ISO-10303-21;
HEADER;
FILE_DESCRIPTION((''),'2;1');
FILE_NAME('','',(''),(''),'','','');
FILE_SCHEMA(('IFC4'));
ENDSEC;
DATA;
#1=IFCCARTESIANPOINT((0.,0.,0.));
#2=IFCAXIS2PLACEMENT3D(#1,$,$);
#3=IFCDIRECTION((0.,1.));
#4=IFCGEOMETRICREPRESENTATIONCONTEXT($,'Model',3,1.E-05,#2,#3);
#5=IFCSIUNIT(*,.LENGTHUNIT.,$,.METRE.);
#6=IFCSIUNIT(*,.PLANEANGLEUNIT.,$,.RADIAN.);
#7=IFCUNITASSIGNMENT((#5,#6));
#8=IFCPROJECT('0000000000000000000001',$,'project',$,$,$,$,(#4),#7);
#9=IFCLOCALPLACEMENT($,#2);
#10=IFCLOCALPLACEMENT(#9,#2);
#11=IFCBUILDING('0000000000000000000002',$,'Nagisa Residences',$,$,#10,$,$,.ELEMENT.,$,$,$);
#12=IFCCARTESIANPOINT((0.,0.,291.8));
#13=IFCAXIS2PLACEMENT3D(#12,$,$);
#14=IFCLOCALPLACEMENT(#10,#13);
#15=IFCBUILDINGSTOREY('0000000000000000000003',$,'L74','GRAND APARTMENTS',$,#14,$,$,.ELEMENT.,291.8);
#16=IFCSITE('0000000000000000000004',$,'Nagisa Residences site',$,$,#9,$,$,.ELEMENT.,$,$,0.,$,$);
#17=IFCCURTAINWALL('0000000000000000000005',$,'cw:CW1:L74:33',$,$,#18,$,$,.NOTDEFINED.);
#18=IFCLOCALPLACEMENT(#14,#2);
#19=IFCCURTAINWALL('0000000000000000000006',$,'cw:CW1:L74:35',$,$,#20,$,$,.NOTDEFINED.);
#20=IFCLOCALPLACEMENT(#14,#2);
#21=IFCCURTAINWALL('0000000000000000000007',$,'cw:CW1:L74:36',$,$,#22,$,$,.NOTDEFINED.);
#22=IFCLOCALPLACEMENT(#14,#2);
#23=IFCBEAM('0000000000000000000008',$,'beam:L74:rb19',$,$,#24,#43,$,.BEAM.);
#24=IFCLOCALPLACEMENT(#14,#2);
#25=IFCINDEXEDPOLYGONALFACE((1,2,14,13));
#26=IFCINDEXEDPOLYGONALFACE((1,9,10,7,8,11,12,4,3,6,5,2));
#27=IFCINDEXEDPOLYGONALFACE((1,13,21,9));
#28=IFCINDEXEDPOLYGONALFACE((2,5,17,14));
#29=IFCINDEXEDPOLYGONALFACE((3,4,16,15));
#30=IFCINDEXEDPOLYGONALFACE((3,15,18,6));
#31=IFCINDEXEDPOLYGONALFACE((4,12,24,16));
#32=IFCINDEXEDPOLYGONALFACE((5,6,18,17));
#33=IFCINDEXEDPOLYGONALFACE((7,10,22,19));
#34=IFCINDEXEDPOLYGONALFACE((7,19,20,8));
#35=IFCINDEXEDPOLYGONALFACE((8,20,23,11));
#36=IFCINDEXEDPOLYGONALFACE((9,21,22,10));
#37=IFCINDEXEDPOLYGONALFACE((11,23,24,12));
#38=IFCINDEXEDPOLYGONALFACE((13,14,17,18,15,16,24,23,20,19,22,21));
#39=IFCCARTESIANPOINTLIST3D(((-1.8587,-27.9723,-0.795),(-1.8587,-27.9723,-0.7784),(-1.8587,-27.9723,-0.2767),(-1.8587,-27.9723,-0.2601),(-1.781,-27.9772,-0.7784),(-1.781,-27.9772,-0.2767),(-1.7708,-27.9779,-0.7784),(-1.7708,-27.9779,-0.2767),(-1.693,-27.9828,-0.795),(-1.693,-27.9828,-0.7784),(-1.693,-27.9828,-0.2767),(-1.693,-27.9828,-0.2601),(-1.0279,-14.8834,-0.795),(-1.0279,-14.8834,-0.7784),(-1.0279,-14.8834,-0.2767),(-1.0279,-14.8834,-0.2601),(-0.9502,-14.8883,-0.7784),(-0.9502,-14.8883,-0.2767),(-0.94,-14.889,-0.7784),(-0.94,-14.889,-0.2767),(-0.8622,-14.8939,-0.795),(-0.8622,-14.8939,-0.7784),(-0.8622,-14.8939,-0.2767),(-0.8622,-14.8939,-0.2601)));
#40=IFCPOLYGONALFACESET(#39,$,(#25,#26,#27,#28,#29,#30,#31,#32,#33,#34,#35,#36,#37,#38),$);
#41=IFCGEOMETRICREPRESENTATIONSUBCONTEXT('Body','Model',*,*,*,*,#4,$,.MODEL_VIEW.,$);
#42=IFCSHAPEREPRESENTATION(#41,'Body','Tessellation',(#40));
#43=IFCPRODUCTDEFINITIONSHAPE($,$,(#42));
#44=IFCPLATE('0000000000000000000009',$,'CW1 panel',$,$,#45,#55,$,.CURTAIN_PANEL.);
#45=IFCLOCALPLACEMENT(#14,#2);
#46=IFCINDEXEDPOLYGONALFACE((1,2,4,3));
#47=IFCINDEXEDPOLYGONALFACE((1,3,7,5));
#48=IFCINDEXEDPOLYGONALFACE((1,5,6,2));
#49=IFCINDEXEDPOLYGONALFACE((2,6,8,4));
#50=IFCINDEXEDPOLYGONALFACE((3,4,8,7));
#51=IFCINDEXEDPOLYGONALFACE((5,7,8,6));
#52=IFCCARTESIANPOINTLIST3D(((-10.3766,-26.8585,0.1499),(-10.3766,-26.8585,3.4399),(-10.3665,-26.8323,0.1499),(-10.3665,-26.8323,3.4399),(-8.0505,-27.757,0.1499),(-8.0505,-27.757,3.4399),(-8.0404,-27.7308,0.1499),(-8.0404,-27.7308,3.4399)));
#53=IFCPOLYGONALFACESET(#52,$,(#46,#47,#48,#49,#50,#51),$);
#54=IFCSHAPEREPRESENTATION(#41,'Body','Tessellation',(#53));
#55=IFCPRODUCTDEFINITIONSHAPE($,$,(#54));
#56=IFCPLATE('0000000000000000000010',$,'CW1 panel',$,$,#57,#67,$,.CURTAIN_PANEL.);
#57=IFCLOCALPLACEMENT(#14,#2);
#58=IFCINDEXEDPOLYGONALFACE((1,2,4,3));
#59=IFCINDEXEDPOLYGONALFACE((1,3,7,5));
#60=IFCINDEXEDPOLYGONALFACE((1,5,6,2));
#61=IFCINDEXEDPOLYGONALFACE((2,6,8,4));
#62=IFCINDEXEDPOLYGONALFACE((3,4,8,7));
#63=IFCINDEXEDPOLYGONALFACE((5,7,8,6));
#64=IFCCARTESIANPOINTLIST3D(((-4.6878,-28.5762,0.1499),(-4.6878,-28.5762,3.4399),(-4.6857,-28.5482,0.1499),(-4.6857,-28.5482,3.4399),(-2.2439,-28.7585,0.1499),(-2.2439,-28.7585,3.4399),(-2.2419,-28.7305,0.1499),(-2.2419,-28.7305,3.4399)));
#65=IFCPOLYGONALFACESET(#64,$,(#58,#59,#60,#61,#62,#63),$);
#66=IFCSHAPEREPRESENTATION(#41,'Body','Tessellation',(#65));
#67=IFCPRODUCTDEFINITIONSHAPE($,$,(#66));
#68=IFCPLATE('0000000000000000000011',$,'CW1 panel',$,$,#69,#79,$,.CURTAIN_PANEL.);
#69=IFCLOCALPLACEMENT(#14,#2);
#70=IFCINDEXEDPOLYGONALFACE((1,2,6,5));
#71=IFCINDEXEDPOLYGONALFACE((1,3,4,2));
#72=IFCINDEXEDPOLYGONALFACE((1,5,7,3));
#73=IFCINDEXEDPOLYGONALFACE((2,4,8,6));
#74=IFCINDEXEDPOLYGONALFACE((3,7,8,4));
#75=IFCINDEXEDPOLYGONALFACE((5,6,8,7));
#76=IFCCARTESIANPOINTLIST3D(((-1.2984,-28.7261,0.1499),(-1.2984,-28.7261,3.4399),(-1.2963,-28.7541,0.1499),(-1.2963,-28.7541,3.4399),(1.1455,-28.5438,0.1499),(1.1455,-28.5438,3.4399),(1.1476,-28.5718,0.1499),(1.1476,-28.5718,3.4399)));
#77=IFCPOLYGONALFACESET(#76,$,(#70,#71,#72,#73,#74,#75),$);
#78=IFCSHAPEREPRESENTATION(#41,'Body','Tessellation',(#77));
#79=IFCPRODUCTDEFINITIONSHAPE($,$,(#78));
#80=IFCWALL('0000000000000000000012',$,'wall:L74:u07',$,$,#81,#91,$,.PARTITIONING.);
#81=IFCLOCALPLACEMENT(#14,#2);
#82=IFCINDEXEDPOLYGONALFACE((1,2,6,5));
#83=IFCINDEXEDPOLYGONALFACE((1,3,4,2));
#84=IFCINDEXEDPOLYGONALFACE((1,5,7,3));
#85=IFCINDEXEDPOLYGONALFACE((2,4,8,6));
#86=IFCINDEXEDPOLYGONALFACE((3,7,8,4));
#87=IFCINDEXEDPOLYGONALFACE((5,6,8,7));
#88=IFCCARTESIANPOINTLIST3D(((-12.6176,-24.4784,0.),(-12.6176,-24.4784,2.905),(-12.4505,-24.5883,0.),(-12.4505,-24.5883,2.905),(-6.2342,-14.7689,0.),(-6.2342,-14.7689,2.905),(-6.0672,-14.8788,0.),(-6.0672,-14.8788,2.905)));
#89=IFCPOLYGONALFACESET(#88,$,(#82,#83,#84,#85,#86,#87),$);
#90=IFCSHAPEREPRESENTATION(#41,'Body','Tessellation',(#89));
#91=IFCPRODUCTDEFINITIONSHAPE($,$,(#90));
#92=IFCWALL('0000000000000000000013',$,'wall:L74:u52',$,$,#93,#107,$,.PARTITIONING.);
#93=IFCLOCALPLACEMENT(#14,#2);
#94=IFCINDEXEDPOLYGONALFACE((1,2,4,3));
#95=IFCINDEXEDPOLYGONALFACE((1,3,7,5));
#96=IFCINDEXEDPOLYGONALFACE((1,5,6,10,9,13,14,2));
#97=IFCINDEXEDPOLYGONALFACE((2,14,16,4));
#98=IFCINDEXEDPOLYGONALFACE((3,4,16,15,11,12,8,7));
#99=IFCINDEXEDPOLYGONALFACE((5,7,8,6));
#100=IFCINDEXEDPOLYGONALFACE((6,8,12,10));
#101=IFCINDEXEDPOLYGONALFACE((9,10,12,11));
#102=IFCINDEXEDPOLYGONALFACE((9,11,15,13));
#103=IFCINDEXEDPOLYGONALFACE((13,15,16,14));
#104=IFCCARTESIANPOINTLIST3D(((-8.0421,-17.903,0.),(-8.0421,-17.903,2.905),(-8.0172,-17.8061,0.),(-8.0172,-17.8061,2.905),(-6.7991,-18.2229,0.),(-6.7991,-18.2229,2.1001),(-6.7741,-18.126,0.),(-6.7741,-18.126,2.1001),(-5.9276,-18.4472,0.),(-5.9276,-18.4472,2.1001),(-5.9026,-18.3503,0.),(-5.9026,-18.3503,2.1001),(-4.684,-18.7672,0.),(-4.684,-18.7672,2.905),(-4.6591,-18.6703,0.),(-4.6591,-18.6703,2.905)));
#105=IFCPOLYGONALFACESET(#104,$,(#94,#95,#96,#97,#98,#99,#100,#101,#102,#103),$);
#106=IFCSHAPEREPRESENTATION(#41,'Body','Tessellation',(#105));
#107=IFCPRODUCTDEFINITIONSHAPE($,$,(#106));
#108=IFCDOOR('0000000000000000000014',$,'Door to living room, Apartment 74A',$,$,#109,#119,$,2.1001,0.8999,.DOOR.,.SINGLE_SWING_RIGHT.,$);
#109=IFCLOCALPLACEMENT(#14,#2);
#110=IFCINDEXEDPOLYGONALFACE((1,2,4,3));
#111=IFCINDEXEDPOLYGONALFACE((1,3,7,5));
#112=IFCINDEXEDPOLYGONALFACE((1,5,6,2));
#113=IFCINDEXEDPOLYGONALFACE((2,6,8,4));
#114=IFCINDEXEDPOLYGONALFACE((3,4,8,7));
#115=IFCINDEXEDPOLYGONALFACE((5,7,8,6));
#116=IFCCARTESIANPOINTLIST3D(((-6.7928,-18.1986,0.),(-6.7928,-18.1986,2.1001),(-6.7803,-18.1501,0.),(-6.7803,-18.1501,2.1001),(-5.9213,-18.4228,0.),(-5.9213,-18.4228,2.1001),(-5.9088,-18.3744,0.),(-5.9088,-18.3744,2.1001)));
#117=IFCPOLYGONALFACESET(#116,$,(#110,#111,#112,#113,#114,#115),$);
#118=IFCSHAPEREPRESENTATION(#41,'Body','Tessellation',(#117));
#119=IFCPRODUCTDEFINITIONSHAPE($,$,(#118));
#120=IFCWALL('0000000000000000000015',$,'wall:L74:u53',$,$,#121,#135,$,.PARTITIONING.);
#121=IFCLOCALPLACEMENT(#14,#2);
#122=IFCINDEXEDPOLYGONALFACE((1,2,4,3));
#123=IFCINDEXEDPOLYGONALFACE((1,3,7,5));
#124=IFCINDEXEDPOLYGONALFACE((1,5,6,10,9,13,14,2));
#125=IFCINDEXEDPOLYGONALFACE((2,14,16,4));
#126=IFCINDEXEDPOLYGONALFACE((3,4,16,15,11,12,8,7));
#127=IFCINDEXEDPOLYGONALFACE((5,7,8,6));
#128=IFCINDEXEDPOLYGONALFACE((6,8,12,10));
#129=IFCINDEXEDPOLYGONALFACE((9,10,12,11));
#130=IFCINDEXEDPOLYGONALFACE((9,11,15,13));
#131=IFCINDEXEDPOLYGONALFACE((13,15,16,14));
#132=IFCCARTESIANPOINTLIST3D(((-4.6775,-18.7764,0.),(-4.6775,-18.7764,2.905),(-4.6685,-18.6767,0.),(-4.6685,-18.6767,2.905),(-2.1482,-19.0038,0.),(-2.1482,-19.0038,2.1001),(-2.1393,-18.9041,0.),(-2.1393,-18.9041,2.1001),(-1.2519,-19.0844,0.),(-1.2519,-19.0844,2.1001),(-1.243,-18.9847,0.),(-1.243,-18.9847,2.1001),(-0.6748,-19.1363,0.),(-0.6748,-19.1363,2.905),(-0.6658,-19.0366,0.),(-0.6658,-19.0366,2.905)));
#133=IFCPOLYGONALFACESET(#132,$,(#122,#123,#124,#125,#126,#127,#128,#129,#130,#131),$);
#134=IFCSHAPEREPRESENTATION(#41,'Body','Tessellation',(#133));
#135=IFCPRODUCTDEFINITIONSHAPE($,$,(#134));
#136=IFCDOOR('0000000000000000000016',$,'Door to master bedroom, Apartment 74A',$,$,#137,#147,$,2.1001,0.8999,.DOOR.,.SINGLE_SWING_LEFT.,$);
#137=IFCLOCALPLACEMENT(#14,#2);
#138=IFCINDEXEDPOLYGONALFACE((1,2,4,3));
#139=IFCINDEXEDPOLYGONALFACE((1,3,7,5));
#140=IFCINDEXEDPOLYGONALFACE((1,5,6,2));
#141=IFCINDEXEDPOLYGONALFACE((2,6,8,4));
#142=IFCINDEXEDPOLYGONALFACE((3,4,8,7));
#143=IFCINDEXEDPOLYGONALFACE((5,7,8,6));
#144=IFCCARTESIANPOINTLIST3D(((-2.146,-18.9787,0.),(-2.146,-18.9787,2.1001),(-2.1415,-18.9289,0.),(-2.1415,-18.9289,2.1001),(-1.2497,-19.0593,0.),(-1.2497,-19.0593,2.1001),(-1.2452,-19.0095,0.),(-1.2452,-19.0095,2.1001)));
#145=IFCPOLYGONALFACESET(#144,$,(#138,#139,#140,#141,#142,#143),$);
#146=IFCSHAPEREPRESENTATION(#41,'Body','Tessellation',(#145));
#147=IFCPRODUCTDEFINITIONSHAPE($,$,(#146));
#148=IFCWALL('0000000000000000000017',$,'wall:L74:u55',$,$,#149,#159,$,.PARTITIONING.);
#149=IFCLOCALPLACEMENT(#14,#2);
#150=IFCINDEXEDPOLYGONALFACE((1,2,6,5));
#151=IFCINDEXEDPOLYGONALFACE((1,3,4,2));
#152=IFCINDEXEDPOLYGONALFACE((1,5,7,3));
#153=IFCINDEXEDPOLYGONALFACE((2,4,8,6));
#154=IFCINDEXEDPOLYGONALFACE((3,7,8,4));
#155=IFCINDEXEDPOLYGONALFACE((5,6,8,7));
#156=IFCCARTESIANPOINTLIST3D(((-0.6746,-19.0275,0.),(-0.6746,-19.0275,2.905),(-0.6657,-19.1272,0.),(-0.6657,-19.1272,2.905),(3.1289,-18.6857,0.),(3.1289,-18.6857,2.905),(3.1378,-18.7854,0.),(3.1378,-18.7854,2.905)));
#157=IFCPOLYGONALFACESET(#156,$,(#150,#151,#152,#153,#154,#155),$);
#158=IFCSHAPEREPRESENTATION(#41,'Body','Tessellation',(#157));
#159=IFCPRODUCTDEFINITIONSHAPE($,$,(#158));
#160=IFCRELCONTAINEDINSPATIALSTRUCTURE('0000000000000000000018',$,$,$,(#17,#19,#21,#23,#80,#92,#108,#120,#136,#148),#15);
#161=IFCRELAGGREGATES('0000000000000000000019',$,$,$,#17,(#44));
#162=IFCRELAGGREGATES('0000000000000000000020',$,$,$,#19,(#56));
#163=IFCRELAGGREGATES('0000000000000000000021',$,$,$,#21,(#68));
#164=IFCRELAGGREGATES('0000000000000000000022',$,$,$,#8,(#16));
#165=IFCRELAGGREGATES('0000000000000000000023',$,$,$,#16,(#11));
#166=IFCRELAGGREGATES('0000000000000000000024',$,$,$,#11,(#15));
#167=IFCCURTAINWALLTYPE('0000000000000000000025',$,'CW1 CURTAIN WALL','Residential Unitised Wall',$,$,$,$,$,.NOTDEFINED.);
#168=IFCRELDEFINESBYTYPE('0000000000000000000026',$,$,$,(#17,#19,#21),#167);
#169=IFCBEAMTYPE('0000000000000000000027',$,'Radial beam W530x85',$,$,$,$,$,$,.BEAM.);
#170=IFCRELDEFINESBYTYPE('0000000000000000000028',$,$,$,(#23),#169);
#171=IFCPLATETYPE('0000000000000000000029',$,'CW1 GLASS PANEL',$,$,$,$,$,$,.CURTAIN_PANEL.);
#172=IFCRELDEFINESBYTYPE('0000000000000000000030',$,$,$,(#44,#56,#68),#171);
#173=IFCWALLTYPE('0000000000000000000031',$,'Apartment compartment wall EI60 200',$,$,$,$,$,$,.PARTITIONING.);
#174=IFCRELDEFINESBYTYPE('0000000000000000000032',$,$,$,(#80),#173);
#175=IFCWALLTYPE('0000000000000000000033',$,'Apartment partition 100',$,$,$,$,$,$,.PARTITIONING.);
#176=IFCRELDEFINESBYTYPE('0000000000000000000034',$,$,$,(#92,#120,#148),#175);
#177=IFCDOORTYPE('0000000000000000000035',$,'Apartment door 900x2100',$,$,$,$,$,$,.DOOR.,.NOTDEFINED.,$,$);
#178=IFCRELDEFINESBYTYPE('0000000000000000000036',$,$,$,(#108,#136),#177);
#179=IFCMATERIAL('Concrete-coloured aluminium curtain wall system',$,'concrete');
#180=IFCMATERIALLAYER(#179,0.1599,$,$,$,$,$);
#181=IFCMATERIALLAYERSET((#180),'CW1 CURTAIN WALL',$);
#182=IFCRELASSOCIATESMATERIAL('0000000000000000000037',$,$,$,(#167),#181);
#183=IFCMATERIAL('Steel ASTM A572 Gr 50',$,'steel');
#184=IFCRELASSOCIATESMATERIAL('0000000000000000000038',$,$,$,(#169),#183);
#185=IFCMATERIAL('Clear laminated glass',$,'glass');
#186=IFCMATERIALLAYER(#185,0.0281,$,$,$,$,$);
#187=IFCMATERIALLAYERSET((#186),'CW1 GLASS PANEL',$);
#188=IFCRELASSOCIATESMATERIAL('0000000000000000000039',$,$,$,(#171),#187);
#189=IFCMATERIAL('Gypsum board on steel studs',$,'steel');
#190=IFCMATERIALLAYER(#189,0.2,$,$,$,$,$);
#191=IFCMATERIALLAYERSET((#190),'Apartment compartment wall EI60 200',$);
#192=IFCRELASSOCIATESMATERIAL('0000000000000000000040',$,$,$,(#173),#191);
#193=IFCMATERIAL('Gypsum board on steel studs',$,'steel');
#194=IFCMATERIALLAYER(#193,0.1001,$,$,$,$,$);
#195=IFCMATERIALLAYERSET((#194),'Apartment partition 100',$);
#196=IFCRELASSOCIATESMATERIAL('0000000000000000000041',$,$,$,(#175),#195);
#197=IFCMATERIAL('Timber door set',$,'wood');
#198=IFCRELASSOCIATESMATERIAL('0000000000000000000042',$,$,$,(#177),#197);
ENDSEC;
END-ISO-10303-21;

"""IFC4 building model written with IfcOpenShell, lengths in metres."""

from ifc_helpers import new_model, si_unit, direction, frame, frame_2d, origin, origin_2d, place, context, subcontext, project, spatial, rectangle, i_section, extrude, material, layer, layer_set, material_profile, profile_set, type_object, element, fill, aggregate, save


model = new_model("IFC4")

# Units and contexts
model_context = context("Model", 3, precision=1e-05, world=origin(), true_north=direction((0.0, 1.0)))
body_context = subcontext(model_context, "Body", "Model", "MODEL_VIEW")
ifc_project = project(units=[si_unit("LENGTHUNIT", "METRE"), si_unit("PLANEANGLEUNIT", "RADIAN")], contexts=[model_context])

# Site, building, storey
site_placement = place(None, origin())
site = spatial("IfcSite", under=ifc_project, at=site_placement, Name="Nagisa Residences site", CompositionType="ELEMENT", RefElevation=0.0)
building_placement = place(site_placement, origin())
building = spatial("IfcBuilding", under=site, at=building_placement, Name="Nagisa Residences", CompositionType="ELEMENT")
storey_placement = place(building_placement, frame((0.0, 0.0, 291.8)))
storey = spatial("IfcBuildingStorey", under=building, at=storey_placement, Name="L74", Description="GRAND APARTMENTS", CompositionType="ELEMENT", Elevation=291.8)

# Curtain walls
ifc_material_1 = material(Name="Concrete-coloured aluminium curtain wall system", Category="concrete")
ifc_layer_1 = layer(ifc_material_1, 0.1599)
ifc_layer_set_1 = layer_set([ifc_layer_1], Name="CW1 CURTAIN WALL")
curtain_wall_type = type_object("IfcCurtainWallType", Name="CW1 CURTAIN WALL", Description="Residential Unitised Wall", PredefinedType="NOTDEFINED", material=ifc_layer_set_1)
curtain_wall_1_placement = place(storey_placement, origin())
curtain_wall_1 = element("IfcCurtainWall", 1, at=curtain_wall_1_placement, inside=storey, type_object=curtain_wall_type, Name="cw:CW1:L74:33", PredefinedType="NOTDEFINED")
curtain_wall_2_placement = place(storey_placement, origin())
curtain_wall_2 = element("IfcCurtainWall", 2, at=curtain_wall_2_placement, inside=storey, type_object=curtain_wall_type, Name="cw:CW1:L74:35", PredefinedType="NOTDEFINED")
curtain_wall_3_placement = place(storey_placement, origin())
curtain_wall_3 = element("IfcCurtainWall", 3, at=curtain_wall_3_placement, inside=storey, type_object=curtain_wall_type, Name="cw:CW1:L74:36", PredefinedType="NOTDEFINED")

# Beam
ifc_material_2 = material(Name="Steel ASTM A572 Gr 50", Category="steel")
ifc_material_profile_1 = material_profile(ifc_material_2, i_section(OverallWidth=0.166, OverallDepth=0.5349, WebThickness=0.0103, FlangeThickness=0.0166, at=origin_2d()), Name="W530x85")
ifc_profile_set_1 = profile_set([ifc_material_profile_1], Name="Steel ASTM A572 Gr 50")
beam_type_1 = type_object("IfcBeamType", Name="Radial beam W530x85", PredefinedType="BEAM", material=ifc_profile_set_1)
beam_1_placement = place(storey_placement, frame((-1.7759, -27.9775, -0.5276), z_axis=(0.063347, 0.997992, 0.0), x_axis=(-0.997992, 0.063347, 0.0)))
element("IfcBeam", 4, at=beam_1_placement, inside=storey, type_object=beam_type_1, Name="beam:L74:rb19", PredefinedType="BEAM", context=body_context, shape_type="SweptSolid", body=[
    extrude(i_section(OverallWidth=0.166, OverallDepth=0.5349, WebThickness=0.0103, FlangeThickness=0.0166, at=origin_2d()), origin(), (0.0, 0.0, 1.0), 13.1152),
])

# Plates
ifc_material_3 = material(Name="Clear laminated glass", Category="glass")
ifc_layer_2 = layer(ifc_material_3, 0.0281)
ifc_layer_set_2 = layer_set([ifc_layer_2], Name="CW1 GLASS PANEL")
plate_type = type_object("IfcPlateType", Name="CW1 GLASS PANEL", PredefinedType="CURTAIN_PANEL", material=ifc_layer_set_2)
plate_1_placement = place(storey_placement, frame((-9.2085, -27.2947, 0.1499), z_axis=(0.0, 0.0, 1.0), x_axis=(0.932826, -0.360328, 0.0)))
plate_1 = element("IfcPlate", 5, at=plate_1_placement, type_object=plate_type, Name="CW1 panel", PredefinedType="CURTAIN_PANEL", context=body_context, shape_type="SweptSolid", body=[
    extrude(rectangle(XDim=2.4937, YDim=0.0281, at=origin_2d()), origin(), (0.0, 0.0, 1.0), 3.29),
])
aggregate(curtain_wall_1, [plate_1])
plate_2_placement = place(storey_placement, frame((-3.4648, -28.6533, 0.1499), z_axis=(0.0, 0.0, 1.0), x_axis=(0.99723, -0.074377, 0.0)))
plate_2 = element("IfcPlate", 6, at=plate_2_placement, type_object=plate_type, Name="CW1 panel", PredefinedType="CURTAIN_PANEL", context=body_context, shape_type="SweptSolid", body=[
    extrude(rectangle(XDim=2.4507, YDim=0.0281, at=origin_2d()), origin(), (0.0, 0.0, 1.0), 3.29),
])
aggregate(curtain_wall_2, [plate_2])
plate_3_placement = place(storey_placement, frame((-0.0754, -28.6489, 0.1499), z_axis=(0.0, 0.0, 1.0), x_axis=(0.99723, 0.074377, 0.0)))
plate_3 = element("IfcPlate", 7, at=plate_3_placement, type_object=plate_type, Name="CW1 panel", PredefinedType="CURTAIN_PANEL", context=body_context, shape_type="SweptSolid", body=[
    extrude(rectangle(XDim=2.4507, YDim=0.0281, at=origin_2d()), origin(), (0.0, 0.0, 1.0), 3.29),
])
aggregate(curtain_wall_3, [plate_3])

# Wall
ifc_material_4 = material(Name="Gypsum board on steel studs", Category="steel")
ifc_layer_3 = layer(ifc_material_4, 0.2)
ifc_layer_set_3 = layer_set([ifc_layer_3], Name="Apartment compartment wall EI60 200")
wall_type_1 = type_object("IfcWallType", Name="Apartment compartment wall EI60 200", PredefinedType="PARTITIONING", material=ifc_layer_set_3)
wall_1_placement = place(storey_placement, frame((-6.1506, -14.8237, 0.0), z_axis=(0.0, 0.0, 1.0), x_axis=(-0.549346, -0.835595, 0.0)))
element("IfcWall", 8, at=wall_1_placement, inside=storey, type_object=wall_type_1, Name="wall:L74:u07", PredefinedType="PARTITIONING", context=body_context, shape_type="SweptSolid", body=[
    extrude(rectangle(XDim=11.6199, YDim=0.2, at=frame_2d((5.8101, 0.0))), origin(), (0.0, 0.0, 1.0), 2.905),
])

# Walls, openings, doors
ifc_material_5 = material(Name="Gypsum board on steel studs", Category="steel")
ifc_layer_4 = layer(ifc_material_5, 0.1001)
ifc_layer_set_4 = layer_set([ifc_layer_4], Name="Apartment partition 100")
wall_type_2 = type_object("IfcWallType", Name="Apartment partition 100", PredefinedType="PARTITIONING", material=ifc_layer_set_4)
wall_2_placement = place(storey_placement, frame((-8.0298, -17.8545, 0.0), z_axis=(0.0, 0.0, 1.0), x_axis=(0.968442, -0.249239, 0.0)))
wall_2 = element("IfcWall", 9, at=wall_2_placement, inside=storey, type_object=wall_type_2, Name="wall:L74:u52", PredefinedType="PARTITIONING", context=body_context, shape_type="SweptSolid", body=[
    extrude(rectangle(XDim=3.4675, YDim=0.1001, at=frame_2d((1.7339, 0.0))), origin(), (0.0, 0.0, 1.0), 2.905),
])
opening_1_placement = place(wall_2_placement, frame((1.2837, 0.0, 0.0)))
opening_1 = element("IfcOpeningElement", 10, at=opening_1_placement, cuts=wall_2, PredefinedType="OPENING", context=body_context, shape_type="SweptSolid", body=[
    extrude(rectangle(XDim=0.8999, YDim=2.1001, at=frame_2d((0.45, 1.05))), frame((0.0, 0.0601, 0.0), z_axis=(0.0, -1.0, 0.0), x_axis=(1.0, 0.0, 0.0)), (0.0, 0.0, 1.0), 0.1201),
])
ifc_material_6 = material(Name="Timber door set", Category="wood")
door_type_1 = type_object("IfcDoorType", Name="Apartment door 900x2100", OperationType="NOTDEFINED", PredefinedType="DOOR", material=ifc_material_6)
door_1_placement = place(opening_1_placement, frame((0.8999, 0.0, 0.0), x_axis=(-1.0, 0.0, 0.0)))
door_1 = element("IfcDoor", 11, at=door_1_placement, inside=storey, type_object=door_type_1, Name="Door to living room, Apartment 74A", OperationType="SINGLE_SWING_RIGHT", OverallHeight=2.1001, OverallWidth=0.8999, PredefinedType="DOOR", context=body_context, shape_type="SweptSolid", body=[
    extrude(rectangle(XDim=0.8999, YDim=2.1001, at=frame_2d((0.45, 1.05))), frame((0.0, 0.0249, 0.0), z_axis=(0.0, -1.0, 0.0), x_axis=(1.0, 0.0, 0.0)), (0.0, 0.0, 1.0), 0.05),
])
fill(opening_1, door_1)
wall_3_placement = place(storey_placement, frame((-4.6729, -18.7266, 0.0), z_axis=(0.0, 0.0, 1.0), x_axis=(0.995983, -0.089544, 0.0)))
wall_3 = element("IfcWall", 12, at=wall_3_placement, inside=storey, type_object=wall_type_2, Name="wall:L74:u53", PredefinedType="PARTITIONING", context=body_context, shape_type="SweptSolid", body=[
    extrude(rectangle(XDim=4.0188, YDim=0.1001, at=frame_2d((2.0093, 0.0))), origin(), (0.0, 0.0, 1.0), 2.905),
])
opening_2_placement = place(wall_3_placement, frame((2.5393, 0.0, 0.0)))
opening_2 = element("IfcOpeningElement", 13, at=opening_2_placement, cuts=wall_3, PredefinedType="OPENING", context=body_context, shape_type="SweptSolid", body=[
    extrude(rectangle(XDim=0.8999, YDim=2.1001, at=frame_2d((0.45, 1.05))), frame((0.0, 0.0601, 0.0), z_axis=(0.0, -1.0, 0.0), x_axis=(1.0, 0.0, 0.0)), (0.0, 0.0, 1.0), 0.1201),
])
door_2_placement = place(opening_2_placement, frame((0.8999, 0.0, 0.0), x_axis=(-1.0, 0.0, 0.0)))
door_2 = element("IfcDoor", 14, at=door_2_placement, inside=storey, type_object=door_type_1, Name="Door to master bedroom, Apartment 74A", OperationType="SINGLE_SWING_LEFT", OverallHeight=2.1001, OverallWidth=0.8999, PredefinedType="DOOR", context=body_context, shape_type="SweptSolid", body=[
    extrude(rectangle(XDim=0.8999, YDim=2.1001, at=frame_2d((0.45, 1.05))), frame((0.0, 0.0249, 0.0), z_axis=(0.0, -1.0, 0.0), x_axis=(1.0, 0.0, 0.0)), (0.0, 0.0, 1.0), 0.05),
])
fill(opening_2, door_2)

# Wall
wall_4_placement = place(storey_placement, frame((-0.6702, -19.0774, 0.0), z_axis=(0.0, 0.0, 1.0), x_axis=(0.995986, 0.089504, 0.0)))
element("IfcWall", 15, at=wall_4_placement, inside=storey, type_object=wall_type_2, Name="wall:L74:u55", PredefinedType="PARTITIONING", context=body_context, shape_type="SweptSolid", body=[
    extrude(rectangle(XDim=3.8188, YDim=0.1001, at=frame_2d((1.9094, 0.0))), origin(), (0.0, 0.0, 1.0), 2.905),
])

save(model, "model.ifc")
